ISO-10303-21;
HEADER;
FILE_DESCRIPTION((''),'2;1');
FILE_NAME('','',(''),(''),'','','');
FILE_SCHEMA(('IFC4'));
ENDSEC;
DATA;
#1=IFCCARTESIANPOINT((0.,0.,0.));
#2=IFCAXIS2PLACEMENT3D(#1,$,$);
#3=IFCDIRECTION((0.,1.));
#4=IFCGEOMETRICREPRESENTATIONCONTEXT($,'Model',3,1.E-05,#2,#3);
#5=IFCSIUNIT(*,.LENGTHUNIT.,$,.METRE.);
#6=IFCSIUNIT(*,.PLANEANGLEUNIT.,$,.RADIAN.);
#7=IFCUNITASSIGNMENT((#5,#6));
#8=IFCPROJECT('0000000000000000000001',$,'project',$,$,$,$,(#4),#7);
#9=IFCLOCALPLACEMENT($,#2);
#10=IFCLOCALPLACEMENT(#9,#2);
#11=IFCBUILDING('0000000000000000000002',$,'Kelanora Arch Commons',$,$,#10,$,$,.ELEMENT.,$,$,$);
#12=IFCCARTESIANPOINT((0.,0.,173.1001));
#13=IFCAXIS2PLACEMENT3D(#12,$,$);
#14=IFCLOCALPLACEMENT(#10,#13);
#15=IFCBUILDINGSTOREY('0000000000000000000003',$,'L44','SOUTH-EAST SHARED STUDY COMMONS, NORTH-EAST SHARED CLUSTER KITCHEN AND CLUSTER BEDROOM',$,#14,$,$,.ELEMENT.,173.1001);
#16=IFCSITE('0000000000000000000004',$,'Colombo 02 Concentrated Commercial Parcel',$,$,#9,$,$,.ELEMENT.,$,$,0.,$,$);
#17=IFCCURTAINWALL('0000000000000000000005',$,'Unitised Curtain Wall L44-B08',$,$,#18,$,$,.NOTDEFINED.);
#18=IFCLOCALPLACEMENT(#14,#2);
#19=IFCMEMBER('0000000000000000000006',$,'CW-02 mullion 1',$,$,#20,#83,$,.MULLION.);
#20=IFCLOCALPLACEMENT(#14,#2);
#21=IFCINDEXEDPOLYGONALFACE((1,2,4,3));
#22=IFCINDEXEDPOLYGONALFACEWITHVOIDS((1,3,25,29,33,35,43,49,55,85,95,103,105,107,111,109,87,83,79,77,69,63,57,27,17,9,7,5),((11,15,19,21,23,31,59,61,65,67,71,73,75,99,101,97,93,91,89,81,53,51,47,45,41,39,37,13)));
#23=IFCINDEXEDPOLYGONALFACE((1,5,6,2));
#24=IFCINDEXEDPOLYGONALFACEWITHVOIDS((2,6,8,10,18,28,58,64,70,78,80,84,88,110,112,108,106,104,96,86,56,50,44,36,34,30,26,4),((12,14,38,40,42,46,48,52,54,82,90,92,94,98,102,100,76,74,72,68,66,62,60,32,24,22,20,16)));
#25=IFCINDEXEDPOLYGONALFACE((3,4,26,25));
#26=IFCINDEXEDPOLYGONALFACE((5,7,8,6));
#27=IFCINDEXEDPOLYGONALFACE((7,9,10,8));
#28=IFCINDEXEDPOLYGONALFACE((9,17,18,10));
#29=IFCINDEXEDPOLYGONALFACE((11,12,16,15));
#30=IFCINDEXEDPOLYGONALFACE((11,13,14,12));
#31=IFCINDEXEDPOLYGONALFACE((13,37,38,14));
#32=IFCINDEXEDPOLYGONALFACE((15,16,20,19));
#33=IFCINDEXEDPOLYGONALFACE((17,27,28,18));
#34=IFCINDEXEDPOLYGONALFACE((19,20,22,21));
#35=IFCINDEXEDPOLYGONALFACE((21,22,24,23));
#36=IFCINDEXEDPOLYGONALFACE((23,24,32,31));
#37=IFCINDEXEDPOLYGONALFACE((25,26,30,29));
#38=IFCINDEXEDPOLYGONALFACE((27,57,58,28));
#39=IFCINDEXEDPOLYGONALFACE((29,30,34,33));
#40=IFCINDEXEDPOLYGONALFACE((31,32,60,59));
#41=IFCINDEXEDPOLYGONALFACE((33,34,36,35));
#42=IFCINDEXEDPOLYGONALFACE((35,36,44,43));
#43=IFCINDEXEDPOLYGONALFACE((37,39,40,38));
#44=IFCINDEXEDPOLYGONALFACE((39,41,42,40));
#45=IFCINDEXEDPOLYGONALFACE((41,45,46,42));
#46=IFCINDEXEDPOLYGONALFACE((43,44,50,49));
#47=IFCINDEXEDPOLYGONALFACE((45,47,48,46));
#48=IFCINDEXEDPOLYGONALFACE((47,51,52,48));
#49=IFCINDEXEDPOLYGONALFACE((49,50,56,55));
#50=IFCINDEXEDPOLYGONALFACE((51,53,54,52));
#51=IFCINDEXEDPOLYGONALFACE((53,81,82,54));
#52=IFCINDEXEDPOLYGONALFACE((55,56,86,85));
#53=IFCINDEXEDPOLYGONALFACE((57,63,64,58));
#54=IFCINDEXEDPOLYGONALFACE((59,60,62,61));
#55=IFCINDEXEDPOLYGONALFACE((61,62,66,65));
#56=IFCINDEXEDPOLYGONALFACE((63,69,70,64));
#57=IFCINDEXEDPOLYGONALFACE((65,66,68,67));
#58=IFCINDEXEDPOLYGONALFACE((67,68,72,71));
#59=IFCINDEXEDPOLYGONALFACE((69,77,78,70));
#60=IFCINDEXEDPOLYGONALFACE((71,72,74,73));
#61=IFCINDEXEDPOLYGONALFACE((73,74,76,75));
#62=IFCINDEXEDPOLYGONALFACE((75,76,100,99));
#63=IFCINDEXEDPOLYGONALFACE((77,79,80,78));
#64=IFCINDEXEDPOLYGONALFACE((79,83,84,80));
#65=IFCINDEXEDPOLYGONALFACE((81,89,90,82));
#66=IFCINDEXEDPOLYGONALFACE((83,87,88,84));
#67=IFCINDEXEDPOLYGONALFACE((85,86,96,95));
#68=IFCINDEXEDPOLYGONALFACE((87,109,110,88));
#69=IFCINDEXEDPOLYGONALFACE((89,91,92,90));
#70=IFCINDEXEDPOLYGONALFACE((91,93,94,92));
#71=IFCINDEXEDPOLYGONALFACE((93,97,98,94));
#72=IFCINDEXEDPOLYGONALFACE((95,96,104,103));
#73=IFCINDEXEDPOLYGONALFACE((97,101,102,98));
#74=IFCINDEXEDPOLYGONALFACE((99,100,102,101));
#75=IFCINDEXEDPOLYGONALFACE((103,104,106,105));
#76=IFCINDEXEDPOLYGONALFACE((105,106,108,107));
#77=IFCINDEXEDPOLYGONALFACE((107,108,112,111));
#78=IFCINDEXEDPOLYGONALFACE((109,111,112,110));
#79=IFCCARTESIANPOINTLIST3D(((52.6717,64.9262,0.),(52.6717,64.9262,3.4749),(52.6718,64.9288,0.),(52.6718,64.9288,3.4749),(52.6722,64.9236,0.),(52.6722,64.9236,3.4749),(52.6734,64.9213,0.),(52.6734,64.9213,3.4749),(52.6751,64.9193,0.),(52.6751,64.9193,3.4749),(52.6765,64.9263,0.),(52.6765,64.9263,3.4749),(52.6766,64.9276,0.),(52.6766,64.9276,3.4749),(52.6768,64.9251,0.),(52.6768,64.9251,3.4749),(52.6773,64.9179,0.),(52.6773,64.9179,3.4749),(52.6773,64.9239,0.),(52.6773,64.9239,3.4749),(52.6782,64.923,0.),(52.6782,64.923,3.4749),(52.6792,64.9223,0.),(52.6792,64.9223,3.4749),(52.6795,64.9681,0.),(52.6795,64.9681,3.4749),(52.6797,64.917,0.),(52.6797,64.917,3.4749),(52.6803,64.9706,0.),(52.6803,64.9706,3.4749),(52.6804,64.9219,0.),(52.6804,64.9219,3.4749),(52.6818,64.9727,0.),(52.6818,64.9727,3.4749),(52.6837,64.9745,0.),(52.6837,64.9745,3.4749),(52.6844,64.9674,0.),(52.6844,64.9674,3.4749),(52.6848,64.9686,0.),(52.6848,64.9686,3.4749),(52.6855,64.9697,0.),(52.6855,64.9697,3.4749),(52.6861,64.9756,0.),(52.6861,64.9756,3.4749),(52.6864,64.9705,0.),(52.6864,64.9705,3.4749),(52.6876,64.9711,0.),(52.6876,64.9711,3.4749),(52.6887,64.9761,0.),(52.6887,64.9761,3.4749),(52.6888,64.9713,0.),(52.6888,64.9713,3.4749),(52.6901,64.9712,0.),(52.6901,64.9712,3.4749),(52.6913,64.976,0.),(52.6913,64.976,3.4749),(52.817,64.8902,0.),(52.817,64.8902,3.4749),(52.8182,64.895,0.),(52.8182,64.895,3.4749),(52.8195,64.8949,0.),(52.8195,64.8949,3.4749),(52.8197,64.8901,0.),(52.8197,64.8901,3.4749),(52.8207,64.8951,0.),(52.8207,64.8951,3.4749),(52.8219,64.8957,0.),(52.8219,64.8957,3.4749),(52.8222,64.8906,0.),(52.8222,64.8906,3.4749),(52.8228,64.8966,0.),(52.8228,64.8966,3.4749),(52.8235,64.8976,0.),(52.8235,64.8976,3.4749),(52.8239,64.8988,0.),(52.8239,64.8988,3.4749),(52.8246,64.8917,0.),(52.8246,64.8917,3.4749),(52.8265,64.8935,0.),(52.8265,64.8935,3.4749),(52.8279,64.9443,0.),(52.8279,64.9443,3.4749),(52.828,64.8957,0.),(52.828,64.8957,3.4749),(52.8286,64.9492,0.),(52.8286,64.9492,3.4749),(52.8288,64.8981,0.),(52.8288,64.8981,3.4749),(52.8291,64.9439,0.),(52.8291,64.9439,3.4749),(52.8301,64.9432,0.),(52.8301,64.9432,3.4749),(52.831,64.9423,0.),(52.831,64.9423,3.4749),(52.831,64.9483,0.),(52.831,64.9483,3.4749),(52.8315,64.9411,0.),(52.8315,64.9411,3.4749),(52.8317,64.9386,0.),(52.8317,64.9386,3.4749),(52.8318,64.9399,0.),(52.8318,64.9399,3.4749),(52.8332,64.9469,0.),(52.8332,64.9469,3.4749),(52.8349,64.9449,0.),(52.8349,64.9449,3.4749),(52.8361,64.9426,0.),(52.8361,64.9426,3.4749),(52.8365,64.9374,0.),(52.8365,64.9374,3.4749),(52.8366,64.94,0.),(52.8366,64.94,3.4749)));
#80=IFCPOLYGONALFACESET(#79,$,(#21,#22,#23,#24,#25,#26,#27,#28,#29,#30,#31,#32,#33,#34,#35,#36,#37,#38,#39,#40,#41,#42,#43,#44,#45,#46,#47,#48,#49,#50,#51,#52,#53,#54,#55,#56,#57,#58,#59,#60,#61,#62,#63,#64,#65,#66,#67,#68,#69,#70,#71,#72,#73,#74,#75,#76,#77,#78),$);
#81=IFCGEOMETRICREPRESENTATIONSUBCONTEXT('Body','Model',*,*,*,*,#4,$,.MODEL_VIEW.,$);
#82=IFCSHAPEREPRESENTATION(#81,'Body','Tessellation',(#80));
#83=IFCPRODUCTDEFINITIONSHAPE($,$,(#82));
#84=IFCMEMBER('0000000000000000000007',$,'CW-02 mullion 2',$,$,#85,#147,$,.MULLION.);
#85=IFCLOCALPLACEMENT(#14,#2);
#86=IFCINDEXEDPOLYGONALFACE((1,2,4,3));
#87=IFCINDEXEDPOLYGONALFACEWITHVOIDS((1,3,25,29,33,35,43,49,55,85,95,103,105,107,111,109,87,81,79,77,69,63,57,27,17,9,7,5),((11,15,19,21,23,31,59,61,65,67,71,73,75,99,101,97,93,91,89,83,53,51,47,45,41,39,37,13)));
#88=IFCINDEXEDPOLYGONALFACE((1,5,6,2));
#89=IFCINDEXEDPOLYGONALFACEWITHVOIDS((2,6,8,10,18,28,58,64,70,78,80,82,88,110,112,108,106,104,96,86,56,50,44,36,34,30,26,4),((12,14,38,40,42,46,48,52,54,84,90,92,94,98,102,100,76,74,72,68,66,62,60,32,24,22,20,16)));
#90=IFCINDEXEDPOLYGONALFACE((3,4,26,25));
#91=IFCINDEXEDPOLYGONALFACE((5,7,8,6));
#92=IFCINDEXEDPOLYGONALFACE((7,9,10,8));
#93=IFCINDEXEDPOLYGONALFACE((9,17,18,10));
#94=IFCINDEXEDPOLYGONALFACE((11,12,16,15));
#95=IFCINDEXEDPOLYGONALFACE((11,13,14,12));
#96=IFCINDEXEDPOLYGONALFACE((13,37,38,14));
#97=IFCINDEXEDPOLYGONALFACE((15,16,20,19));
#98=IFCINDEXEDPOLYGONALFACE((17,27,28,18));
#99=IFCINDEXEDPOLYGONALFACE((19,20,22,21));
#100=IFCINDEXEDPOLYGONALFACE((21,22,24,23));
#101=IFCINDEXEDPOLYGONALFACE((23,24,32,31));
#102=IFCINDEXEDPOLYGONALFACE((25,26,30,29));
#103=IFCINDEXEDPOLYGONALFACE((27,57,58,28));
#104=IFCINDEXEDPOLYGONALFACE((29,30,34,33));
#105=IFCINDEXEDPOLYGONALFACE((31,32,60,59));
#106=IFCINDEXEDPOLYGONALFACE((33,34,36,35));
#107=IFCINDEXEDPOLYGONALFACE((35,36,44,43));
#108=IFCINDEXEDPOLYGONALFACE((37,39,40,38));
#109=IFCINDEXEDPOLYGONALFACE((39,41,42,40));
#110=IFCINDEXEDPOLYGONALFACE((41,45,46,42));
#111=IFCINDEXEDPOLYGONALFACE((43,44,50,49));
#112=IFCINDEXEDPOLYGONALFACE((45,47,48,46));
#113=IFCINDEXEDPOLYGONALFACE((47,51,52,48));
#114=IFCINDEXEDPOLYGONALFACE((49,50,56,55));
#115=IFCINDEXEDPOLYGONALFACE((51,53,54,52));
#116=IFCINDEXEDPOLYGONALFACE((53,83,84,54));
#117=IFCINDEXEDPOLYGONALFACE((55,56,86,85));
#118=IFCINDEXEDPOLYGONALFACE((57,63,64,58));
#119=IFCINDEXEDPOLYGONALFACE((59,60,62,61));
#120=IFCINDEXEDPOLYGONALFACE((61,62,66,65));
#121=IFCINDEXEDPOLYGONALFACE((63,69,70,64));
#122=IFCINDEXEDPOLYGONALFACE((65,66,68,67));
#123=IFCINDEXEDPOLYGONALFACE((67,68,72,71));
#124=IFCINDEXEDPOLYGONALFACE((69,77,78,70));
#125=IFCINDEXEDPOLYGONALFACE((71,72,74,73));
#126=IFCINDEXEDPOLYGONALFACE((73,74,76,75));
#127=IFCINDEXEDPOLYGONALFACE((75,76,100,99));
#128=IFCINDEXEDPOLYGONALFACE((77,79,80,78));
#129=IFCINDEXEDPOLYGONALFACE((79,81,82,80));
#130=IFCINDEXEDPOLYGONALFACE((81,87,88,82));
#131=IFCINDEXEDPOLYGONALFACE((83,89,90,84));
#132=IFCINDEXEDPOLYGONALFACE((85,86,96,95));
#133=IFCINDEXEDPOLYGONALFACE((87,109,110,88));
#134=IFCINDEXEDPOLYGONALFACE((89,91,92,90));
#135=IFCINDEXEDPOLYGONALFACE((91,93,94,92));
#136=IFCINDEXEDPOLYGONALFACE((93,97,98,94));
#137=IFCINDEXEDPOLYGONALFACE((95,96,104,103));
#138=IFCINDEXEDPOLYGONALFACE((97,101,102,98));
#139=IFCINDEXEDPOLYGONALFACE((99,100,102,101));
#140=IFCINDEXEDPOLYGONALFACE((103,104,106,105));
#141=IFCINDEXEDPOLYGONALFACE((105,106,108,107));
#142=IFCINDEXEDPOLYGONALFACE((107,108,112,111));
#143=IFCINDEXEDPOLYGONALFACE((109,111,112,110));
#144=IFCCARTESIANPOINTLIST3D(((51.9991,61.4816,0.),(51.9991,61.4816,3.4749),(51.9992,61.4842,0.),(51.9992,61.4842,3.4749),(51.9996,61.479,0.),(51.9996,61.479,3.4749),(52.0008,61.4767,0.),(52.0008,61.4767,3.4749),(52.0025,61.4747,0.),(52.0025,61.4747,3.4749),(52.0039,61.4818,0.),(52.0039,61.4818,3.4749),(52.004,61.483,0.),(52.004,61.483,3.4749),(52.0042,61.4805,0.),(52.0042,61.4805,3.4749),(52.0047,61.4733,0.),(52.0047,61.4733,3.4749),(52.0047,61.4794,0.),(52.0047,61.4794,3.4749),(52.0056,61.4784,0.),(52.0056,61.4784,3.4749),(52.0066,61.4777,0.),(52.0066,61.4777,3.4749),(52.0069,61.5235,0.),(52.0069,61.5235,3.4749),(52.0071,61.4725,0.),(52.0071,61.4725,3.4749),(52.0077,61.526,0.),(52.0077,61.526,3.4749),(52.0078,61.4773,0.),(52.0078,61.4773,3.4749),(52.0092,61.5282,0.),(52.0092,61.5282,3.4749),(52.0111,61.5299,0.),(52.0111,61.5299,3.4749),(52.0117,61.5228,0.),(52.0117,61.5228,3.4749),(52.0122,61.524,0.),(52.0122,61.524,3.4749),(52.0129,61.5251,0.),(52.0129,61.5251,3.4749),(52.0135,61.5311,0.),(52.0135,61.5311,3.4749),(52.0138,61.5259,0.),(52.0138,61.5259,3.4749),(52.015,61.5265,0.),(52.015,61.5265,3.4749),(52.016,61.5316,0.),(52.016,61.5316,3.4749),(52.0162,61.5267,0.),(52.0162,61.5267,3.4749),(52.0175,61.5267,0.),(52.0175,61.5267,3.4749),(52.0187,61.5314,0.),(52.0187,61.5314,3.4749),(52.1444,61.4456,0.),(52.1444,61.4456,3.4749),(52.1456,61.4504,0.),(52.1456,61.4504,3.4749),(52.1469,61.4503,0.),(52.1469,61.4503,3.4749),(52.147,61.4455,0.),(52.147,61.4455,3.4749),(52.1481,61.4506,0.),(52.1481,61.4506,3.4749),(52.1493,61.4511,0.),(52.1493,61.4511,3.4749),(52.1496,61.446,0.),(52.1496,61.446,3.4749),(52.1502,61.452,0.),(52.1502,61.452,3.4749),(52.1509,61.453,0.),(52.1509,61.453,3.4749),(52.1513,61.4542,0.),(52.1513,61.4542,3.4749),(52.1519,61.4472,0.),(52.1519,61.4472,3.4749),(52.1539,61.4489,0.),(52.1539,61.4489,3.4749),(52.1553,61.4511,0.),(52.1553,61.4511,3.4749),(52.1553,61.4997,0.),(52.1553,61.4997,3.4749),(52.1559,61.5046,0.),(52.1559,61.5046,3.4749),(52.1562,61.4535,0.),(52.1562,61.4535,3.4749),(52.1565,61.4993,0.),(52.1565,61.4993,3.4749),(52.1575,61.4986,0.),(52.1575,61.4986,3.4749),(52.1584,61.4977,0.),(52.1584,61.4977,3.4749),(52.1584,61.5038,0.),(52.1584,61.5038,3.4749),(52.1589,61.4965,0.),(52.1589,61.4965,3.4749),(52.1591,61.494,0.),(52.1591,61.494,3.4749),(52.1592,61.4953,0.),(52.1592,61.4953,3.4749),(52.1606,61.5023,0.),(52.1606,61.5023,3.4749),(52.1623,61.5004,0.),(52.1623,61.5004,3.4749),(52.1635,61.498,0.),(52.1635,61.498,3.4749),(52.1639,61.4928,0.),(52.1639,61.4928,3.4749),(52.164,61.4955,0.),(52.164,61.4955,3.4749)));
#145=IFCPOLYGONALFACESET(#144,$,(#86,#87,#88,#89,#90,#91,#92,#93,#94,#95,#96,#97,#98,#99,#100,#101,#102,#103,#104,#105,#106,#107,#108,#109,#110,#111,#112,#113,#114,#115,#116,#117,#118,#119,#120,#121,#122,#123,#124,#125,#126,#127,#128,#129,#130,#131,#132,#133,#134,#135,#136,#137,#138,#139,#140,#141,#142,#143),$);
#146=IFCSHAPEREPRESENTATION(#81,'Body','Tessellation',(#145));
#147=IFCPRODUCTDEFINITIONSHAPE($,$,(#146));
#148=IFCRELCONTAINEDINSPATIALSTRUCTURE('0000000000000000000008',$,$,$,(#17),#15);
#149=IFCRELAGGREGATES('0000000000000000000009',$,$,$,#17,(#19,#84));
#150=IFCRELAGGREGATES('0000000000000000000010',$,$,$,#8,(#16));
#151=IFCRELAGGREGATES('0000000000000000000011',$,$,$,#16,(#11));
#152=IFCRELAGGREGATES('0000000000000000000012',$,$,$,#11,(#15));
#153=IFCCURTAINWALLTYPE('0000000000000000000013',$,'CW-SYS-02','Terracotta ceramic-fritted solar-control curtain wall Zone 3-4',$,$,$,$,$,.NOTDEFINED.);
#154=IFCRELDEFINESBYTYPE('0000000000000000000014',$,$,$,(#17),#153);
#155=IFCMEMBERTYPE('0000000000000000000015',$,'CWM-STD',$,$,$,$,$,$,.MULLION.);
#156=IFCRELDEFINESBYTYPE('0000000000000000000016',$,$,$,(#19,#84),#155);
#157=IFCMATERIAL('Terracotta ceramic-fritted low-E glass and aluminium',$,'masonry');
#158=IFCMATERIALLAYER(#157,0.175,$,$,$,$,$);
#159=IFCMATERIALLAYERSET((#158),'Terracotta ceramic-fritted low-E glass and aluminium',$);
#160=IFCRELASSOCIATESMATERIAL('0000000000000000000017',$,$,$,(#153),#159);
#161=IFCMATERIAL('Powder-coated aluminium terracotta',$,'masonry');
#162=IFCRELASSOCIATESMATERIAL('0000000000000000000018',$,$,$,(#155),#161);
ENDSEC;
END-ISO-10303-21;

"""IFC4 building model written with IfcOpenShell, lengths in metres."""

from ifc_helpers import new_model, si_unit, direction, frame, origin, origin_2d, place, context, subcontext, project, spatial, hollow_rectangle, extrude, material, layer, layer_set, material_profile, profile_set, type_object, element, aggregate, save


model = new_model("IFC4")

# Units and contexts
model_context = context("Model", 3, precision=1e-05, world=origin(), true_north=direction((0.0, 1.0)))
body_context = subcontext(model_context, "Body", "Model", "MODEL_VIEW")
ifc_project = project(units=[si_unit("LENGTHUNIT", "METRE"), si_unit("PLANEANGLEUNIT", "RADIAN")], contexts=[model_context])

# Site, building, storey
site_placement = place(None, origin())
site = spatial("IfcSite", under=ifc_project, at=site_placement, Name="Colombo 02 Concentrated Commercial Parcel", CompositionType="ELEMENT", RefElevation=0.0)
building_placement = place(site_placement, origin())
building = spatial("IfcBuilding", under=site, at=building_placement, Name="Kelanora Arch Commons", CompositionType="ELEMENT")
storey_placement = place(building_placement, frame((0.0, 0.0, 173.1001)))
storey = spatial("IfcBuildingStorey", under=building, at=storey_placement, Name="L44", Description="SOUTH-EAST SHARED STUDY COMMONS, NORTH-EAST SHARED CLUSTER KITCHEN AND CLUSTER BEDROOM", CompositionType="ELEMENT", Elevation=173.1001)

# Curtain wall, members
ifc_material_1 = material(Name="Terracotta ceramic-fritted low-E glass and aluminium", Category="masonry")
ifc_layer_1 = layer(ifc_material_1, 0.175)
ifc_layer_set_1 = layer_set([ifc_layer_1], Name="Terracotta ceramic-fritted low-E glass and aluminium")
curtain_wall_type = type_object("IfcCurtainWallType", Name="CW-SYS-02", Description="Terracotta ceramic-fritted solar-control curtain wall Zone 3-4", PredefinedType="NOTDEFINED", material=ifc_layer_set_1)
curtain_wall_placement = place(storey_placement, origin())
curtain_wall = element("IfcCurtainWall", 1, at=curtain_wall_placement, inside=storey, type_object=curtain_wall_type, Name="Unitised Curtain Wall L44-B08", PredefinedType="NOTDEFINED")
ifc_material_2 = material(Name="Powder-coated aluminium terracotta", Category="masonry")
ifc_material_profile_1 = material_profile(ifc_material_2, hollow_rectangle(XDim=0.1599, YDim=0.0601, WallThickness=0.0049, InnerFilletRadius=0.0049, OuterFilletRadius=0.01, at=origin_2d()), Name="CWM160x60")
ifc_profile_set_1 = profile_set([ifc_material_profile_1], Name="Powder-coated aluminium terracotta")
member_type_1 = type_object("IfcMemberType", Name="CWM-STD", PredefinedType="MULLION", material=ifc_profile_set_1)
member_1_placement = place(storey_placement, frame((52.7542, 64.9331, 0.0), z_axis=(0.0, 0.0, 1.0), x_axis=(0.981453, -0.191705, 0.0)))
member_1 = element("IfcMember", 2, at=member_1_placement, type_object=member_type_1, Name="CW-02 mullion 1", PredefinedType="MULLION", context=body_context, shape_type="SweptSolid", body=[
    extrude(hollow_rectangle(XDim=0.1599, YDim=0.0601, WallThickness=0.0049, InnerFilletRadius=0.0049, OuterFilletRadius=0.01, at=origin_2d()), origin(), (0.0, 0.0, 1.0), 3.4749),
])
member_2_placement = place(storey_placement, frame((52.0815, 61.4885, 0.0), z_axis=(0.0, 0.0, 1.0), x_axis=(0.981453, -0.191705, 0.0)))
member_2 = element("IfcMember", 3, at=member_2_placement, type_object=member_type_1, Name="CW-02 mullion 2", PredefinedType="MULLION", context=body_context, shape_type="SweptSolid", body=[
    extrude(hollow_rectangle(XDim=0.1599, YDim=0.0601, WallThickness=0.0049, InnerFilletRadius=0.0049, OuterFilletRadius=0.01, at=origin_2d()), origin(), (0.0, 0.0, 1.0), 3.4749),
])
aggregate(curtain_wall, [member_1, member_2])

save(model, "model.ifc")
